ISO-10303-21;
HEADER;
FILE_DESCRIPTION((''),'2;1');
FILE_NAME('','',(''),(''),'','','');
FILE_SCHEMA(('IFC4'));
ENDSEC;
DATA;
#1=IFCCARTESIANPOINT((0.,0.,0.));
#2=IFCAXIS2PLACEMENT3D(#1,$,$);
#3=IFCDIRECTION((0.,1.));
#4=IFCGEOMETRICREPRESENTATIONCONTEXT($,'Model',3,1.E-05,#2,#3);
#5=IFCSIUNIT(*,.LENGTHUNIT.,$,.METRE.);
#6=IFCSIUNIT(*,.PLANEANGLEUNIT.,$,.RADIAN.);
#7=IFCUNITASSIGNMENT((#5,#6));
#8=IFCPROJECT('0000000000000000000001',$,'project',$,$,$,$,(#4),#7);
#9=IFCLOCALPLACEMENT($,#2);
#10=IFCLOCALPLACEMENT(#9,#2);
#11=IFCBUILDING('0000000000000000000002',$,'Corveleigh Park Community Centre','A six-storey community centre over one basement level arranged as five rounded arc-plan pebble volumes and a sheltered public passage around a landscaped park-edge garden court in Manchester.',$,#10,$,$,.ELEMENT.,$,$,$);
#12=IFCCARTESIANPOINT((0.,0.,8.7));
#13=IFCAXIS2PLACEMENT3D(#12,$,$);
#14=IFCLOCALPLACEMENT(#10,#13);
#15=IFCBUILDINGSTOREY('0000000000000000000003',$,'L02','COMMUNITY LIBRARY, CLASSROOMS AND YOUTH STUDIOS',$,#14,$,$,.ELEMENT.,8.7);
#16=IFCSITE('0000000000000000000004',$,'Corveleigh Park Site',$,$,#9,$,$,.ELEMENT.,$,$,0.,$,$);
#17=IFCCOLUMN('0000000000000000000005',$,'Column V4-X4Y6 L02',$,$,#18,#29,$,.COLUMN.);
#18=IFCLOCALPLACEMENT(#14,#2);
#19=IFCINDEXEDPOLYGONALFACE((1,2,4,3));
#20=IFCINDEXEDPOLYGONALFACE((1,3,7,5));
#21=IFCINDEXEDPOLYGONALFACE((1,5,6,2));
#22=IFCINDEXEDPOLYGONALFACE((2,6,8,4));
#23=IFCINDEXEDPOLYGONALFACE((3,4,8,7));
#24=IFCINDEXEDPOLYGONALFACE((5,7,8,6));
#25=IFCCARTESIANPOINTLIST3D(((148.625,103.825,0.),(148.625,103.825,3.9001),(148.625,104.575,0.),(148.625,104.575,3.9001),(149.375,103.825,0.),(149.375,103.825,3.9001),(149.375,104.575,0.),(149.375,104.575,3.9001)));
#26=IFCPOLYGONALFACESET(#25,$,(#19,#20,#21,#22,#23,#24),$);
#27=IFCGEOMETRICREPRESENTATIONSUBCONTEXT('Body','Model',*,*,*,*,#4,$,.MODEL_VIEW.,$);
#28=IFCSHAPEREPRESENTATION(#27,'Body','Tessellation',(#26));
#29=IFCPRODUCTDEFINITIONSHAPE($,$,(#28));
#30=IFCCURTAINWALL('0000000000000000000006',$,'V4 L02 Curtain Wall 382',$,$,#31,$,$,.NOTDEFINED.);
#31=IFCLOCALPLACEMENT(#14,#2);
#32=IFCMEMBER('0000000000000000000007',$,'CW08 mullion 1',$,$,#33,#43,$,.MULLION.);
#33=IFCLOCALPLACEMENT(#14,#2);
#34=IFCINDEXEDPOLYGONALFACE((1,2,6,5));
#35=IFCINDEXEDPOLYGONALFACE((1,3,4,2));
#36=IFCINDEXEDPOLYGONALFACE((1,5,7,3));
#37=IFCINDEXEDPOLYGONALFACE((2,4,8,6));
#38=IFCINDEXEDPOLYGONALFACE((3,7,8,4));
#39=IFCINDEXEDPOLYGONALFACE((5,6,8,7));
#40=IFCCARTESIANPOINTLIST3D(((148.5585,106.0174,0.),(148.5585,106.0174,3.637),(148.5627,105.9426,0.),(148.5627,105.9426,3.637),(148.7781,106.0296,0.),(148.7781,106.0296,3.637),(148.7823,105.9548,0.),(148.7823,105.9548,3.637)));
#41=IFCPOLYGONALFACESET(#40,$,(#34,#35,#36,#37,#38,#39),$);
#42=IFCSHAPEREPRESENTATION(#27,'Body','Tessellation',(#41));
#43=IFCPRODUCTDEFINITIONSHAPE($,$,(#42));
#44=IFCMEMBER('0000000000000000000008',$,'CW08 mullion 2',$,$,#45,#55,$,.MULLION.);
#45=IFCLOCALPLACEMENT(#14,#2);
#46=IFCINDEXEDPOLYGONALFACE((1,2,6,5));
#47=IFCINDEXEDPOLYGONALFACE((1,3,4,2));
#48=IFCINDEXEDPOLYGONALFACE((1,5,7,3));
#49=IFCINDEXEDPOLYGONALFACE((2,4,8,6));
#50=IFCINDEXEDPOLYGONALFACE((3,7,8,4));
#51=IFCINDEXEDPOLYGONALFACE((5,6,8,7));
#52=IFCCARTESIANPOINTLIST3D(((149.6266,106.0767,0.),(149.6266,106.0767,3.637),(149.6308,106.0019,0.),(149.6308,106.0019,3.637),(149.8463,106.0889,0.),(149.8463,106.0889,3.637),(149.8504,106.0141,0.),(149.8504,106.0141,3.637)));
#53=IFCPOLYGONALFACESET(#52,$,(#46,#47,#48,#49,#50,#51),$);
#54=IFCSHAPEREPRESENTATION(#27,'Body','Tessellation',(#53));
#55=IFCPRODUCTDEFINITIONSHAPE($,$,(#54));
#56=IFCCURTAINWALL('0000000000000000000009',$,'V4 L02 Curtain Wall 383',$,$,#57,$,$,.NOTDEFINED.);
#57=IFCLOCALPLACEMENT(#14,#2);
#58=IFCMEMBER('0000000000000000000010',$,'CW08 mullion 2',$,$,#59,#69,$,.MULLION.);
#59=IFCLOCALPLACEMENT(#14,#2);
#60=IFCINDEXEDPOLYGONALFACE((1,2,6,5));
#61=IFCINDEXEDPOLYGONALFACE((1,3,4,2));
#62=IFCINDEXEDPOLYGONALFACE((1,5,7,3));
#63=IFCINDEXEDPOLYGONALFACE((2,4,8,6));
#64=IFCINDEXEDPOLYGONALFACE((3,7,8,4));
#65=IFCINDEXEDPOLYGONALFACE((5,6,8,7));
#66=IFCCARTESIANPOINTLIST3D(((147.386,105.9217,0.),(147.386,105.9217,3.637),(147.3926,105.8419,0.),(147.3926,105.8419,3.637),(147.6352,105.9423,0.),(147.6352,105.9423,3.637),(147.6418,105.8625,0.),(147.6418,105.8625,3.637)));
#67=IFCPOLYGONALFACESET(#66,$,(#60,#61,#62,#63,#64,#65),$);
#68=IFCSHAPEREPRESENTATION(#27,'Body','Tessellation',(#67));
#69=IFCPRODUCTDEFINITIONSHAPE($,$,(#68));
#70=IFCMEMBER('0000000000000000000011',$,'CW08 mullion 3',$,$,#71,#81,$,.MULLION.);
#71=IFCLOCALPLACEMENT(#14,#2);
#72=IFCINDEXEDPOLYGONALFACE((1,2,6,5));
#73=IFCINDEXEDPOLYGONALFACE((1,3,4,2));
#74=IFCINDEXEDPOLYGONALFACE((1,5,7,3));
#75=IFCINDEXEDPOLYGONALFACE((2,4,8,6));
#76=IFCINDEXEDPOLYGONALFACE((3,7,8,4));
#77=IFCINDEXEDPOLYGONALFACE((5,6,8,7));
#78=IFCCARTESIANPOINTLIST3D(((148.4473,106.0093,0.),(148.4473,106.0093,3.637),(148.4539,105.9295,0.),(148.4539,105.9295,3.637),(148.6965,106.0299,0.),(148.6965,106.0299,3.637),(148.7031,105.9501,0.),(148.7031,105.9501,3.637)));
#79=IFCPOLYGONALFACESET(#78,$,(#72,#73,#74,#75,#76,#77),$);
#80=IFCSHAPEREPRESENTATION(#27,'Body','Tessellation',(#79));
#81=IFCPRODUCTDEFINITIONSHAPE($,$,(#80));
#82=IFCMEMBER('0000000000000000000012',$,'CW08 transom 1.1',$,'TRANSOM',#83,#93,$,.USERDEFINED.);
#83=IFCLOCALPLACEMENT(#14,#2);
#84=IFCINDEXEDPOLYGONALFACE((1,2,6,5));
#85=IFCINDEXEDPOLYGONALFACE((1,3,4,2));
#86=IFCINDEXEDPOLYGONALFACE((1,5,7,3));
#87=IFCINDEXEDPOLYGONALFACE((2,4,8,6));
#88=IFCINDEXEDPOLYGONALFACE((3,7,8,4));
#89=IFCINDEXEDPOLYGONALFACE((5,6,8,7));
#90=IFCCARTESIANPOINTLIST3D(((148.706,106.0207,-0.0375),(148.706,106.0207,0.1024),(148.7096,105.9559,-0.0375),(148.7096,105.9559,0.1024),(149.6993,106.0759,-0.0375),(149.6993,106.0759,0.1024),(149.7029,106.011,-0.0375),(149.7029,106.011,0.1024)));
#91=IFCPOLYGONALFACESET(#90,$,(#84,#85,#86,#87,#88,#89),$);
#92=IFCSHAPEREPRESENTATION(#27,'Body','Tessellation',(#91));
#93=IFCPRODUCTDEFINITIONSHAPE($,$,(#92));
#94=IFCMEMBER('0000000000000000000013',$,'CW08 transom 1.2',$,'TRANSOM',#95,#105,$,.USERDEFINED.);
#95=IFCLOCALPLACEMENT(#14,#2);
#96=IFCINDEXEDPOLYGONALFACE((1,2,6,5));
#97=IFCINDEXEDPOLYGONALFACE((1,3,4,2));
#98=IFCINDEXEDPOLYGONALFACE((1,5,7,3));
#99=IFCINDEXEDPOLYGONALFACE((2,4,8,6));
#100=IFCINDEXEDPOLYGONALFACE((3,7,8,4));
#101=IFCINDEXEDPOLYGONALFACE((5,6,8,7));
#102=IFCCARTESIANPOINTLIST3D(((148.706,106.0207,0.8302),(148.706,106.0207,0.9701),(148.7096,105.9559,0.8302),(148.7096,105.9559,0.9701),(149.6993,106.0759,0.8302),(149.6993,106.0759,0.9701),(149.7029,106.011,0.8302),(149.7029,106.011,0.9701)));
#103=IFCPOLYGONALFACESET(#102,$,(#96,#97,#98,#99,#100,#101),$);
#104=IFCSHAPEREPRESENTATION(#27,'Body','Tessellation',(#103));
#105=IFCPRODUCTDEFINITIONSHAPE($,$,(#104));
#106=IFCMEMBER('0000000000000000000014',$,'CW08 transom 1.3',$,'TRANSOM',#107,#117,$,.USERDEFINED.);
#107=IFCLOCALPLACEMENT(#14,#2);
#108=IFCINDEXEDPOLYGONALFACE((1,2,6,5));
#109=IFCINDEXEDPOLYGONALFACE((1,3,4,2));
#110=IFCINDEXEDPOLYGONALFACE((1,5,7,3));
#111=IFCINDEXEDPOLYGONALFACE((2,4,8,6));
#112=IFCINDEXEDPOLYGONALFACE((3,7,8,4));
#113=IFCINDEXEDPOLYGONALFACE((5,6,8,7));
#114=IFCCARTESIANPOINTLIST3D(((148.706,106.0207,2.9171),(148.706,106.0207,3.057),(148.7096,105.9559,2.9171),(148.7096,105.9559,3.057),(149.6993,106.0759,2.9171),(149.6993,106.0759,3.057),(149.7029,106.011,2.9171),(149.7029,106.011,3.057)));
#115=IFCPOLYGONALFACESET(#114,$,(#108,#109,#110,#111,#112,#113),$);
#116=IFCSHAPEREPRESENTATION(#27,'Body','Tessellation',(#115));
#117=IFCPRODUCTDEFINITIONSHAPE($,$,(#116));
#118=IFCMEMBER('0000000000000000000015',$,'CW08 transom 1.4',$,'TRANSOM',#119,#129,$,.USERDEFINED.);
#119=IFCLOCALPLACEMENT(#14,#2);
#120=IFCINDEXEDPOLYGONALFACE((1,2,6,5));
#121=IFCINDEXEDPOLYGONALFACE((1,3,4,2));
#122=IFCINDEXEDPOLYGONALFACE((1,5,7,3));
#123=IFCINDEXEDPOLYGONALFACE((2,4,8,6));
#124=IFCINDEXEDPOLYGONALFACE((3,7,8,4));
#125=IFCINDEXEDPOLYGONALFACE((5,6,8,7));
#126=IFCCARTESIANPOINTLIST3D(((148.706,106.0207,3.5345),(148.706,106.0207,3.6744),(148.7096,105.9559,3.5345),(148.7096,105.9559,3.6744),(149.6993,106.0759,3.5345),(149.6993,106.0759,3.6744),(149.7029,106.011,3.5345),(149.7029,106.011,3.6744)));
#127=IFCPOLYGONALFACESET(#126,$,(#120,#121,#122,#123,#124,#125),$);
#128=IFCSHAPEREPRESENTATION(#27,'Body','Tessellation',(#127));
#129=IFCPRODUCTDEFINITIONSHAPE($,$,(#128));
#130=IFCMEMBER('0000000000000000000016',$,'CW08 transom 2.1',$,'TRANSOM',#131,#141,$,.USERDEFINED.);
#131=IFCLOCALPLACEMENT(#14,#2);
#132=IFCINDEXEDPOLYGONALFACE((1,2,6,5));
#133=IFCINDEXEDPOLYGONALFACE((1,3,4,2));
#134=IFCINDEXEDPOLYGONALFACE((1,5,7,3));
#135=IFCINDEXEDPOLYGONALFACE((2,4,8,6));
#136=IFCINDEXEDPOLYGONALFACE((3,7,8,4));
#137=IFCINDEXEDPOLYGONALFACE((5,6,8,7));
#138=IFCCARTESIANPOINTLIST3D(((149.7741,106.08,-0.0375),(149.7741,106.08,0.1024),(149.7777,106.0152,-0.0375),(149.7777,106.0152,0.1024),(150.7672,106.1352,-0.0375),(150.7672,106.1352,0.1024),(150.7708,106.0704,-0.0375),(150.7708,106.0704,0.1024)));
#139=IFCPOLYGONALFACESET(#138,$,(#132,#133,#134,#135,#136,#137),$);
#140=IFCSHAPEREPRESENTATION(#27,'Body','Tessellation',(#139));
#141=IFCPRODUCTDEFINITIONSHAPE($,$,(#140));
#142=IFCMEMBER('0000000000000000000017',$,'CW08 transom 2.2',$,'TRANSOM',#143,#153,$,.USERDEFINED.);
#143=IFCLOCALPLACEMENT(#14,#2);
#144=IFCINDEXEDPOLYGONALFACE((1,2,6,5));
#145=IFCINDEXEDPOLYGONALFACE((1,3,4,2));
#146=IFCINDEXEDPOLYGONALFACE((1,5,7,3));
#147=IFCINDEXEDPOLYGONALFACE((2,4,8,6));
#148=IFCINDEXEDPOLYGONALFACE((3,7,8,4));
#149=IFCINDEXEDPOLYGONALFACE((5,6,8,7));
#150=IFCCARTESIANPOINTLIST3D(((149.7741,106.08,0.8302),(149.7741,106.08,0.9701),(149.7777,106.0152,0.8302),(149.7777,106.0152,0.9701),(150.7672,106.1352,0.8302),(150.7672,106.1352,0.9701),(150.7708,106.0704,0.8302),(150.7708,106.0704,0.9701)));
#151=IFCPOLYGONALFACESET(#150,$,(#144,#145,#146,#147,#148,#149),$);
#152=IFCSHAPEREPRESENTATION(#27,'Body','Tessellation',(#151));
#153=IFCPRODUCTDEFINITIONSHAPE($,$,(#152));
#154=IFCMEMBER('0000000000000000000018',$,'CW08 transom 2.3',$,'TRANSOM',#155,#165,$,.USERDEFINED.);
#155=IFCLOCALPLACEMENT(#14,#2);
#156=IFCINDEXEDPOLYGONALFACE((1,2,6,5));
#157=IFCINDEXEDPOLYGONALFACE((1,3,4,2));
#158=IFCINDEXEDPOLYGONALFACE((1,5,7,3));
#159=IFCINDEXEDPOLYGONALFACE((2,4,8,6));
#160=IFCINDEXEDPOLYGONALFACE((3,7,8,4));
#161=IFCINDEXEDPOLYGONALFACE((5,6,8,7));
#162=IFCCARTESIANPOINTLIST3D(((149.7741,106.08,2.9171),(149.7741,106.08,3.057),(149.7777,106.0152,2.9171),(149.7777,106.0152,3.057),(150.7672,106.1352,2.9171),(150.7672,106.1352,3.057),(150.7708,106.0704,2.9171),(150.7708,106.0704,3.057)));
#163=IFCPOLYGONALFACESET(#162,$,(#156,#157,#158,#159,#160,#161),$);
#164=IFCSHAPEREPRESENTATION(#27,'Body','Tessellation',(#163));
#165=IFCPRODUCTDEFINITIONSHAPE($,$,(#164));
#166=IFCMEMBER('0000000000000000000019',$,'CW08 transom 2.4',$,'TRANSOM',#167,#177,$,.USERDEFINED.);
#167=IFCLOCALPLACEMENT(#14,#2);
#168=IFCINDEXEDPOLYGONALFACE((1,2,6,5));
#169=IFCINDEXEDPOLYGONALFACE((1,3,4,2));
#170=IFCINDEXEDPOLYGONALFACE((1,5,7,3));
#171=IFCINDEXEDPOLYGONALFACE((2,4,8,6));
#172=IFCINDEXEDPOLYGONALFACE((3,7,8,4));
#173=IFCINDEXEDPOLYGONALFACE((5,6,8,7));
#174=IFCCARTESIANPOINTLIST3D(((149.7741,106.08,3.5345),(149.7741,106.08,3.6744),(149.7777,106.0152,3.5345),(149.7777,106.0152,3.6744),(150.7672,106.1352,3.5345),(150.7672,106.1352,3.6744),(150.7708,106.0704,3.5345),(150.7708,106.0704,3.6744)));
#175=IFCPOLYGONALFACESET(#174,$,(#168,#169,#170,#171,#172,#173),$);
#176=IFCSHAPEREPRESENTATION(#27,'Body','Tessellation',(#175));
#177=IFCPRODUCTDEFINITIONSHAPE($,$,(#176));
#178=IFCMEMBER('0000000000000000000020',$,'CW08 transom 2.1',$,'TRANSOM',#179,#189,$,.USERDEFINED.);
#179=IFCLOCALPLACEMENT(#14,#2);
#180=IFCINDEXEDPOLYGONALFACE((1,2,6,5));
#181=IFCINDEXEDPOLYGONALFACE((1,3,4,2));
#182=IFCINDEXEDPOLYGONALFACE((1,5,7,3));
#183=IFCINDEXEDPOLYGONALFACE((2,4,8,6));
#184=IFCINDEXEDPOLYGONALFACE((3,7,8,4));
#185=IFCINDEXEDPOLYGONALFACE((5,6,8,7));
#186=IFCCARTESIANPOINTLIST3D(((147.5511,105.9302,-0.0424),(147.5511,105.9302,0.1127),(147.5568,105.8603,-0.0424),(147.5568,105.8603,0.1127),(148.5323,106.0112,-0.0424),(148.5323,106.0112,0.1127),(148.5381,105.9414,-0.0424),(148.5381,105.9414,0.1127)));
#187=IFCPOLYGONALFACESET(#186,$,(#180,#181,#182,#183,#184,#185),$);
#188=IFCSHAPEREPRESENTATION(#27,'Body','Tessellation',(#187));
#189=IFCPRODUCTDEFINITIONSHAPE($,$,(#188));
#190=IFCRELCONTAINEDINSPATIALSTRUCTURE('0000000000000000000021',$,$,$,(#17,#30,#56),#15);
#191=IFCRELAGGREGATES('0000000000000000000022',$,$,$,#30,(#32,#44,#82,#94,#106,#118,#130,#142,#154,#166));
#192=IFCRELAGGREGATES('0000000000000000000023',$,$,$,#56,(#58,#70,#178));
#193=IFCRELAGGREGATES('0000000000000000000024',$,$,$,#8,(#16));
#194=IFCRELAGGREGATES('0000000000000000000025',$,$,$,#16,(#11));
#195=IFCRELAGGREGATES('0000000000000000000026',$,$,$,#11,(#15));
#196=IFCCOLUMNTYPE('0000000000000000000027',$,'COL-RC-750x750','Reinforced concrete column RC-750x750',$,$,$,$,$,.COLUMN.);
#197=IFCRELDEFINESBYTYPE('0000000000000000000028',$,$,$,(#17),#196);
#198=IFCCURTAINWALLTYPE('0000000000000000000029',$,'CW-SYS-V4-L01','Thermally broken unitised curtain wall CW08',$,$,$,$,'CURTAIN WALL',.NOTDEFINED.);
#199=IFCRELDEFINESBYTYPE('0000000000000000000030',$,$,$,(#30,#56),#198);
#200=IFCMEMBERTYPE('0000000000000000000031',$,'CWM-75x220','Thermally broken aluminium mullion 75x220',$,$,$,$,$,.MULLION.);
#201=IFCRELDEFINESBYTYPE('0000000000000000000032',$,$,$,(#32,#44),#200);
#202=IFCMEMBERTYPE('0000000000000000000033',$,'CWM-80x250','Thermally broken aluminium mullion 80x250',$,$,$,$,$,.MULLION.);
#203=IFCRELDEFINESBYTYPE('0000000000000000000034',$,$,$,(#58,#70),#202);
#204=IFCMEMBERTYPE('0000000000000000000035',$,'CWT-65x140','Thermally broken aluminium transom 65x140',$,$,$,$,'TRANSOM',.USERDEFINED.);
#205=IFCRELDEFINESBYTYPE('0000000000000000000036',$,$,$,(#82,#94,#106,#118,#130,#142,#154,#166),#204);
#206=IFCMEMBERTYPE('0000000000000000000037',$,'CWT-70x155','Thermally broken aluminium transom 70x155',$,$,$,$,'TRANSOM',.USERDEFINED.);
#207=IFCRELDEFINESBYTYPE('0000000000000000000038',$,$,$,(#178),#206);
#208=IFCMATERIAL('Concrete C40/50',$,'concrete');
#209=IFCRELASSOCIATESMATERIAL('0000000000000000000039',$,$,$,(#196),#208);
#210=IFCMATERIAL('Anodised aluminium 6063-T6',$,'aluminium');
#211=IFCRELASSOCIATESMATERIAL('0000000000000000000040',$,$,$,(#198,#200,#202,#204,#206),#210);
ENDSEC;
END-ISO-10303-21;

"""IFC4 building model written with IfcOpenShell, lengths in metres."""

from ifc_helpers import new_model, si_unit, direction, frame, origin, origin_2d, place, context, subcontext, project, spatial, rectangle, extrude, material, material_profile, profile_set, type_object, element, aggregate, save


model = new_model("IFC4")

# Units and contexts
model_context = context("Model", 3, precision=1e-05, world=origin(), true_north=direction((0.0, 1.0)))
body_context = subcontext(model_context, "Body", "Model", "MODEL_VIEW")
ifc_project = project(units=[si_unit("LENGTHUNIT", "METRE"), si_unit("PLANEANGLEUNIT", "RADIAN")], contexts=[model_context])

# Site, building, storey
site_placement = place(None, origin())
site = spatial("IfcSite", under=ifc_project, at=site_placement, Name="Corveleigh Park Site", CompositionType="ELEMENT", RefElevation=0.0)
building_placement = place(site_placement, origin())
building = spatial("IfcBuilding", under=site, at=building_placement, Name="Corveleigh Park Community Centre", Description="A six-storey community centre over one basement level arranged as five rounded arc-plan pebble volumes and a sheltered public passage around a landscaped park-edge garden court in Manchester.", CompositionType="ELEMENT")
storey_placement = place(building_placement, frame((0.0, 0.0, 8.7)))
storey = spatial("IfcBuildingStorey", under=building, at=storey_placement, Name="L02", Description="COMMUNITY LIBRARY, CLASSROOMS AND YOUTH STUDIOS", CompositionType="ELEMENT", Elevation=8.7)

# Column
ifc_material_1 = material(Name="Concrete C40/50", Category="concrete")
ifc_material_profile_1 = material_profile(ifc_material_1, rectangle(XDim=0.75, YDim=0.75, at=origin_2d()), Name="RC-750x750", Category="concrete")
ifc_profile_set_1 = profile_set([ifc_material_profile_1], Name="Concrete C40/50")
column_type = type_object("IfcColumnType", Name="COL-RC-750x750", Description="Reinforced concrete column RC-750x750", PredefinedType="COLUMN", material=ifc_profile_set_1)
column_placement = place(storey_placement, frame((149.0, 104.2, 0.0), z_axis=(0.0, 0.0, 1.0), x_axis=(1.0, 0.0, 0.0)))
element("IfcColumn", 1, at=column_placement, inside=storey, type_object=column_type, Name="Column V4-X4Y6 L02", PredefinedType="COLUMN", context=body_context, shape_type="SweptSolid", body=[
    extrude(rectangle(XDim=0.75, YDim=0.75, at=origin_2d()), origin(), (0.0, 0.0, 1.0), 3.9001),
])

# Curtain walls, members
ifc_material_2 = material(Name="Anodised aluminium 6063-T6", Category="aluminium")
curtain_wall_type = type_object("IfcCurtainWallType", Name="CW-SYS-V4-L01", Description="Thermally broken unitised curtain wall CW08", ElementType="CURTAIN WALL", PredefinedType="NOTDEFINED", material=ifc_material_2)
curtain_wall_1_placement = place(storey_placement, origin())
curtain_wall_1 = element("IfcCurtainWall", 2, at=curtain_wall_1_placement, inside=storey, type_object=curtain_wall_type, Name="V4 L02 Curtain Wall 382", PredefinedType="NOTDEFINED")
ifc_material_profile_2 = material_profile(ifc_material_2, rectangle(XDim=0.075, YDim=0.22, at=origin_2d()), Name="ALU-M75x220", Category="aluminium")
ifc_profile_set_2 = profile_set([ifc_material_profile_2], Name="Anodised aluminium 6063-T6")
member_type_1 = type_object("IfcMemberType", Name="CWM-75x220", Description="Thermally broken aluminium mullion 75x220", PredefinedType="MULLION", material=ifc_profile_set_2)
member_1_placement = place(storey_placement, frame((148.6704, 105.9861, 0.0), z_axis=(0.0, 0.0, 1.0), x_axis=(-0.055545, 0.998456, 0.0)))
member_1 = element("IfcMember", 3, at=member_1_placement, type_object=member_type_1, Name="CW08 mullion 1", PredefinedType="MULLION", context=body_context, shape_type="SweptSolid", body=[
    extrude(rectangle(XDim=0.075, YDim=0.22, at=origin_2d()), origin(), (0.0, 0.0, 1.0), 3.637),
])
member_2_placement = place(storey_placement, frame((149.7385, 106.0454, 0.0), z_axis=(0.0, 0.0, 1.0), x_axis=(-0.055545, 0.998456, 0.0)))
member_2 = element("IfcMember", 4, at=member_2_placement, type_object=member_type_1, Name="CW08 mullion 2", PredefinedType="MULLION", context=body_context, shape_type="SweptSolid", body=[
    extrude(rectangle(XDim=0.075, YDim=0.22, at=origin_2d()), origin(), (0.0, 0.0, 1.0), 3.637),
])
curtain_wall_2_placement = place(storey_placement, origin())
curtain_wall_2 = element("IfcCurtainWall", 5, at=curtain_wall_2_placement, inside=storey, type_object=curtain_wall_type, Name="V4 L02 Curtain Wall 383", PredefinedType="NOTDEFINED")
ifc_material_profile_3 = material_profile(ifc_material_2, rectangle(XDim=0.0801, YDim=0.25, at=origin_2d()), Name="ALU-M80x250", Category="aluminium")
ifc_profile_set_3 = profile_set([ifc_material_profile_3], Name="Anodised aluminium 6063-T6")
member_type_2 = type_object("IfcMemberType", Name="CWM-80x250", Description="Thermally broken aluminium mullion 80x250", PredefinedType="MULLION", material=ifc_profile_set_3)
member_3_placement = place(storey_placement, frame((147.5139, 105.8921, 0.0), z_axis=(0.0, 0.0, 1.0), x_axis=(-0.082371, 0.996602, 0.0)))
member_3 = element("IfcMember", 6, at=member_3_placement, type_object=member_type_2, Name="CW08 mullion 2", PredefinedType="MULLION", context=body_context, shape_type="SweptSolid", body=[
    extrude(rectangle(XDim=0.0801, YDim=0.25, at=origin_2d()), origin(), (0.0, 0.0, 1.0), 3.637),
])
member_4_placement = place(storey_placement, frame((148.5752, 105.9797, 0.0), z_axis=(0.0, 0.0, 1.0), x_axis=(-0.082371, 0.996602, 0.0)))
member_4 = element("IfcMember", 7, at=member_4_placement, type_object=member_type_2, Name="CW08 mullion 3", PredefinedType="MULLION", context=body_context, shape_type="SweptSolid", body=[
    extrude(rectangle(XDim=0.0801, YDim=0.25, at=origin_2d()), origin(), (0.0, 0.0, 1.0), 3.637),
])

# Members
ifc_material_profile_4 = material_profile(ifc_material_2, rectangle(XDim=0.0649, YDim=0.1399, at=origin_2d()), Name="ALU-T65x140", Category="aluminium")
ifc_profile_set_4 = profile_set([ifc_material_profile_4], Name="Anodised aluminium 6063-T6")
member_type_3 = type_object("IfcMemberType", Name="CWT-65x140", Description="Thermally broken aluminium transom 65x140", ElementType="TRANSOM", PredefinedType="USERDEFINED", material=ifc_profile_set_4)
member_5_placement = place(storey_placement, frame((148.7078, 105.9883, 0.0325), z_axis=(0.998461, 0.055456, 0.0), x_axis=(-0.055456, 0.998461, 0.0)))
member_5 = element("IfcMember", 8, at=member_5_placement, type_object=member_type_3, Name="CW08 transom 1.1", ObjectType="TRANSOM", PredefinedType="USERDEFINED", context=body_context, shape_type="SweptSolid", body=[
    extrude(rectangle(XDim=0.0649, YDim=0.1399, at=origin_2d()), origin(), (0.0, 0.0, 1.0), 0.9949),
])
member_6_placement = place(storey_placement, frame((148.7078, 105.9883, 0.9001), z_axis=(0.998461, 0.055456, 0.0), x_axis=(-0.055456, 0.998461, 0.0)))
member_6 = element("IfcMember", 9, at=member_6_placement, type_object=member_type_3, Name="CW08 transom 1.2", ObjectType="TRANSOM", PredefinedType="USERDEFINED", context=body_context, shape_type="SweptSolid", body=[
    extrude(rectangle(XDim=0.0649, YDim=0.1399, at=origin_2d()), origin(), (0.0, 0.0, 1.0), 0.9949),
])
member_7_placement = place(storey_placement, frame((148.7078, 105.9883, 2.9871), z_axis=(0.998461, 0.055456, 0.0), x_axis=(-0.055456, 0.998461, 0.0)))
member_7 = element("IfcMember", 10, at=member_7_placement, type_object=member_type_3, Name="CW08 transom 1.3", ObjectType="TRANSOM", PredefinedType="USERDEFINED", context=body_context, shape_type="SweptSolid", body=[
    extrude(rectangle(XDim=0.0649, YDim=0.1399, at=origin_2d()), origin(), (0.0, 0.0, 1.0), 0.9949),
])
member_8_placement = place(storey_placement, frame((148.7078, 105.9883, 3.6045), z_axis=(0.998461, 0.055456, 0.0), x_axis=(-0.055456, 0.998461, 0.0)))
member_8 = element("IfcMember", 11, at=member_8_placement, type_object=member_type_3, Name="CW08 transom 1.4", ObjectType="TRANSOM", PredefinedType="USERDEFINED", context=body_context, shape_type="SweptSolid", body=[
    extrude(rectangle(XDim=0.0649, YDim=0.1399, at=origin_2d()), origin(), (0.0, 0.0, 1.0), 0.9949),
])
member_9_placement = place(storey_placement, frame((149.7759, 106.0476, 0.0325), z_axis=(0.99846, 0.05547, 0.0), x_axis=(-0.05547, 0.99846, 0.0)))
member_9 = element("IfcMember", 12, at=member_9_placement, type_object=member_type_3, Name="CW08 transom 2.1", ObjectType="TRANSOM", PredefinedType="USERDEFINED", context=body_context, shape_type="SweptSolid", body=[
    extrude(rectangle(XDim=0.0649, YDim=0.1399, at=origin_2d()), origin(), (0.0, 0.0, 1.0), 0.9946),
])
member_10_placement = place(storey_placement, frame((149.7759, 106.0476, 0.9001), z_axis=(0.99846, 0.05547, 0.0), x_axis=(-0.05547, 0.99846, 0.0)))
member_10 = element("IfcMember", 13, at=member_10_placement, type_object=member_type_3, Name="CW08 transom 2.2", ObjectType="TRANSOM", PredefinedType="USERDEFINED", context=body_context, shape_type="SweptSolid", body=[
    extrude(rectangle(XDim=0.0649, YDim=0.1399, at=origin_2d()), origin(), (0.0, 0.0, 1.0), 0.9946),
])
member_11_placement = place(storey_placement, frame((149.7759, 106.0476, 2.9871), z_axis=(0.99846, 0.05547, 0.0), x_axis=(-0.05547, 0.99846, 0.0)))
member_11 = element("IfcMember", 14, at=member_11_placement, type_object=member_type_3, Name="CW08 transom 2.3", ObjectType="TRANSOM", PredefinedType="USERDEFINED", context=body_context, shape_type="SweptSolid", body=[
    extrude(rectangle(XDim=0.0649, YDim=0.1399, at=origin_2d()), origin(), (0.0, 0.0, 1.0), 0.9946),
])
member_12_placement = place(storey_placement, frame((149.7759, 106.0476, 3.6045), z_axis=(0.99846, 0.05547, 0.0), x_axis=(-0.05547, 0.99846, 0.0)))
member_12 = element("IfcMember", 15, at=member_12_placement, type_object=member_type_3, Name="CW08 transom 2.4", ObjectType="TRANSOM", PredefinedType="USERDEFINED", context=body_context, shape_type="SweptSolid", body=[
    extrude(rectangle(XDim=0.0649, YDim=0.1399, at=origin_2d()), origin(), (0.0, 0.0, 1.0), 0.9946),
])
ifc_material_profile_5 = material_profile(ifc_material_2, rectangle(XDim=0.0701, YDim=0.155, at=origin_2d()), Name="ALU-T70x155", Category="aluminium")
ifc_profile_set_5 = profile_set([ifc_material_profile_5], Name="Anodised aluminium 6063-T6")
member_type_4 = type_object("IfcMemberType", Name="CWT-70x155", Description="Thermally broken aluminium transom 70x155", ElementType="TRANSOM", PredefinedType="USERDEFINED", material=ifc_profile_set_5)
member_13_placement = place(storey_placement, frame((147.554, 105.8953, 0.0352), z_axis=(0.996605, 0.082327, 0.0), x_axis=(-0.082327, 0.996605, 0.0)))
member_13 = element("IfcMember", 16, at=member_13_placement, type_object=member_type_4, Name="CW08 transom 2.1", ObjectType="TRANSOM", PredefinedType="USERDEFINED", context=body_context, shape_type="SweptSolid", body=[
    extrude(rectangle(XDim=0.0701, YDim=0.155, at=origin_2d()), origin(), (0.0, 0.0, 1.0), 0.9846),
])

aggregate(curtain_wall_1, [member_1, member_2, member_5, member_6, member_7, member_8, member_9, member_10, member_11, member_12])
aggregate(curtain_wall_2, [member_3, member_4, member_13])

save(model, "model.ifc")
